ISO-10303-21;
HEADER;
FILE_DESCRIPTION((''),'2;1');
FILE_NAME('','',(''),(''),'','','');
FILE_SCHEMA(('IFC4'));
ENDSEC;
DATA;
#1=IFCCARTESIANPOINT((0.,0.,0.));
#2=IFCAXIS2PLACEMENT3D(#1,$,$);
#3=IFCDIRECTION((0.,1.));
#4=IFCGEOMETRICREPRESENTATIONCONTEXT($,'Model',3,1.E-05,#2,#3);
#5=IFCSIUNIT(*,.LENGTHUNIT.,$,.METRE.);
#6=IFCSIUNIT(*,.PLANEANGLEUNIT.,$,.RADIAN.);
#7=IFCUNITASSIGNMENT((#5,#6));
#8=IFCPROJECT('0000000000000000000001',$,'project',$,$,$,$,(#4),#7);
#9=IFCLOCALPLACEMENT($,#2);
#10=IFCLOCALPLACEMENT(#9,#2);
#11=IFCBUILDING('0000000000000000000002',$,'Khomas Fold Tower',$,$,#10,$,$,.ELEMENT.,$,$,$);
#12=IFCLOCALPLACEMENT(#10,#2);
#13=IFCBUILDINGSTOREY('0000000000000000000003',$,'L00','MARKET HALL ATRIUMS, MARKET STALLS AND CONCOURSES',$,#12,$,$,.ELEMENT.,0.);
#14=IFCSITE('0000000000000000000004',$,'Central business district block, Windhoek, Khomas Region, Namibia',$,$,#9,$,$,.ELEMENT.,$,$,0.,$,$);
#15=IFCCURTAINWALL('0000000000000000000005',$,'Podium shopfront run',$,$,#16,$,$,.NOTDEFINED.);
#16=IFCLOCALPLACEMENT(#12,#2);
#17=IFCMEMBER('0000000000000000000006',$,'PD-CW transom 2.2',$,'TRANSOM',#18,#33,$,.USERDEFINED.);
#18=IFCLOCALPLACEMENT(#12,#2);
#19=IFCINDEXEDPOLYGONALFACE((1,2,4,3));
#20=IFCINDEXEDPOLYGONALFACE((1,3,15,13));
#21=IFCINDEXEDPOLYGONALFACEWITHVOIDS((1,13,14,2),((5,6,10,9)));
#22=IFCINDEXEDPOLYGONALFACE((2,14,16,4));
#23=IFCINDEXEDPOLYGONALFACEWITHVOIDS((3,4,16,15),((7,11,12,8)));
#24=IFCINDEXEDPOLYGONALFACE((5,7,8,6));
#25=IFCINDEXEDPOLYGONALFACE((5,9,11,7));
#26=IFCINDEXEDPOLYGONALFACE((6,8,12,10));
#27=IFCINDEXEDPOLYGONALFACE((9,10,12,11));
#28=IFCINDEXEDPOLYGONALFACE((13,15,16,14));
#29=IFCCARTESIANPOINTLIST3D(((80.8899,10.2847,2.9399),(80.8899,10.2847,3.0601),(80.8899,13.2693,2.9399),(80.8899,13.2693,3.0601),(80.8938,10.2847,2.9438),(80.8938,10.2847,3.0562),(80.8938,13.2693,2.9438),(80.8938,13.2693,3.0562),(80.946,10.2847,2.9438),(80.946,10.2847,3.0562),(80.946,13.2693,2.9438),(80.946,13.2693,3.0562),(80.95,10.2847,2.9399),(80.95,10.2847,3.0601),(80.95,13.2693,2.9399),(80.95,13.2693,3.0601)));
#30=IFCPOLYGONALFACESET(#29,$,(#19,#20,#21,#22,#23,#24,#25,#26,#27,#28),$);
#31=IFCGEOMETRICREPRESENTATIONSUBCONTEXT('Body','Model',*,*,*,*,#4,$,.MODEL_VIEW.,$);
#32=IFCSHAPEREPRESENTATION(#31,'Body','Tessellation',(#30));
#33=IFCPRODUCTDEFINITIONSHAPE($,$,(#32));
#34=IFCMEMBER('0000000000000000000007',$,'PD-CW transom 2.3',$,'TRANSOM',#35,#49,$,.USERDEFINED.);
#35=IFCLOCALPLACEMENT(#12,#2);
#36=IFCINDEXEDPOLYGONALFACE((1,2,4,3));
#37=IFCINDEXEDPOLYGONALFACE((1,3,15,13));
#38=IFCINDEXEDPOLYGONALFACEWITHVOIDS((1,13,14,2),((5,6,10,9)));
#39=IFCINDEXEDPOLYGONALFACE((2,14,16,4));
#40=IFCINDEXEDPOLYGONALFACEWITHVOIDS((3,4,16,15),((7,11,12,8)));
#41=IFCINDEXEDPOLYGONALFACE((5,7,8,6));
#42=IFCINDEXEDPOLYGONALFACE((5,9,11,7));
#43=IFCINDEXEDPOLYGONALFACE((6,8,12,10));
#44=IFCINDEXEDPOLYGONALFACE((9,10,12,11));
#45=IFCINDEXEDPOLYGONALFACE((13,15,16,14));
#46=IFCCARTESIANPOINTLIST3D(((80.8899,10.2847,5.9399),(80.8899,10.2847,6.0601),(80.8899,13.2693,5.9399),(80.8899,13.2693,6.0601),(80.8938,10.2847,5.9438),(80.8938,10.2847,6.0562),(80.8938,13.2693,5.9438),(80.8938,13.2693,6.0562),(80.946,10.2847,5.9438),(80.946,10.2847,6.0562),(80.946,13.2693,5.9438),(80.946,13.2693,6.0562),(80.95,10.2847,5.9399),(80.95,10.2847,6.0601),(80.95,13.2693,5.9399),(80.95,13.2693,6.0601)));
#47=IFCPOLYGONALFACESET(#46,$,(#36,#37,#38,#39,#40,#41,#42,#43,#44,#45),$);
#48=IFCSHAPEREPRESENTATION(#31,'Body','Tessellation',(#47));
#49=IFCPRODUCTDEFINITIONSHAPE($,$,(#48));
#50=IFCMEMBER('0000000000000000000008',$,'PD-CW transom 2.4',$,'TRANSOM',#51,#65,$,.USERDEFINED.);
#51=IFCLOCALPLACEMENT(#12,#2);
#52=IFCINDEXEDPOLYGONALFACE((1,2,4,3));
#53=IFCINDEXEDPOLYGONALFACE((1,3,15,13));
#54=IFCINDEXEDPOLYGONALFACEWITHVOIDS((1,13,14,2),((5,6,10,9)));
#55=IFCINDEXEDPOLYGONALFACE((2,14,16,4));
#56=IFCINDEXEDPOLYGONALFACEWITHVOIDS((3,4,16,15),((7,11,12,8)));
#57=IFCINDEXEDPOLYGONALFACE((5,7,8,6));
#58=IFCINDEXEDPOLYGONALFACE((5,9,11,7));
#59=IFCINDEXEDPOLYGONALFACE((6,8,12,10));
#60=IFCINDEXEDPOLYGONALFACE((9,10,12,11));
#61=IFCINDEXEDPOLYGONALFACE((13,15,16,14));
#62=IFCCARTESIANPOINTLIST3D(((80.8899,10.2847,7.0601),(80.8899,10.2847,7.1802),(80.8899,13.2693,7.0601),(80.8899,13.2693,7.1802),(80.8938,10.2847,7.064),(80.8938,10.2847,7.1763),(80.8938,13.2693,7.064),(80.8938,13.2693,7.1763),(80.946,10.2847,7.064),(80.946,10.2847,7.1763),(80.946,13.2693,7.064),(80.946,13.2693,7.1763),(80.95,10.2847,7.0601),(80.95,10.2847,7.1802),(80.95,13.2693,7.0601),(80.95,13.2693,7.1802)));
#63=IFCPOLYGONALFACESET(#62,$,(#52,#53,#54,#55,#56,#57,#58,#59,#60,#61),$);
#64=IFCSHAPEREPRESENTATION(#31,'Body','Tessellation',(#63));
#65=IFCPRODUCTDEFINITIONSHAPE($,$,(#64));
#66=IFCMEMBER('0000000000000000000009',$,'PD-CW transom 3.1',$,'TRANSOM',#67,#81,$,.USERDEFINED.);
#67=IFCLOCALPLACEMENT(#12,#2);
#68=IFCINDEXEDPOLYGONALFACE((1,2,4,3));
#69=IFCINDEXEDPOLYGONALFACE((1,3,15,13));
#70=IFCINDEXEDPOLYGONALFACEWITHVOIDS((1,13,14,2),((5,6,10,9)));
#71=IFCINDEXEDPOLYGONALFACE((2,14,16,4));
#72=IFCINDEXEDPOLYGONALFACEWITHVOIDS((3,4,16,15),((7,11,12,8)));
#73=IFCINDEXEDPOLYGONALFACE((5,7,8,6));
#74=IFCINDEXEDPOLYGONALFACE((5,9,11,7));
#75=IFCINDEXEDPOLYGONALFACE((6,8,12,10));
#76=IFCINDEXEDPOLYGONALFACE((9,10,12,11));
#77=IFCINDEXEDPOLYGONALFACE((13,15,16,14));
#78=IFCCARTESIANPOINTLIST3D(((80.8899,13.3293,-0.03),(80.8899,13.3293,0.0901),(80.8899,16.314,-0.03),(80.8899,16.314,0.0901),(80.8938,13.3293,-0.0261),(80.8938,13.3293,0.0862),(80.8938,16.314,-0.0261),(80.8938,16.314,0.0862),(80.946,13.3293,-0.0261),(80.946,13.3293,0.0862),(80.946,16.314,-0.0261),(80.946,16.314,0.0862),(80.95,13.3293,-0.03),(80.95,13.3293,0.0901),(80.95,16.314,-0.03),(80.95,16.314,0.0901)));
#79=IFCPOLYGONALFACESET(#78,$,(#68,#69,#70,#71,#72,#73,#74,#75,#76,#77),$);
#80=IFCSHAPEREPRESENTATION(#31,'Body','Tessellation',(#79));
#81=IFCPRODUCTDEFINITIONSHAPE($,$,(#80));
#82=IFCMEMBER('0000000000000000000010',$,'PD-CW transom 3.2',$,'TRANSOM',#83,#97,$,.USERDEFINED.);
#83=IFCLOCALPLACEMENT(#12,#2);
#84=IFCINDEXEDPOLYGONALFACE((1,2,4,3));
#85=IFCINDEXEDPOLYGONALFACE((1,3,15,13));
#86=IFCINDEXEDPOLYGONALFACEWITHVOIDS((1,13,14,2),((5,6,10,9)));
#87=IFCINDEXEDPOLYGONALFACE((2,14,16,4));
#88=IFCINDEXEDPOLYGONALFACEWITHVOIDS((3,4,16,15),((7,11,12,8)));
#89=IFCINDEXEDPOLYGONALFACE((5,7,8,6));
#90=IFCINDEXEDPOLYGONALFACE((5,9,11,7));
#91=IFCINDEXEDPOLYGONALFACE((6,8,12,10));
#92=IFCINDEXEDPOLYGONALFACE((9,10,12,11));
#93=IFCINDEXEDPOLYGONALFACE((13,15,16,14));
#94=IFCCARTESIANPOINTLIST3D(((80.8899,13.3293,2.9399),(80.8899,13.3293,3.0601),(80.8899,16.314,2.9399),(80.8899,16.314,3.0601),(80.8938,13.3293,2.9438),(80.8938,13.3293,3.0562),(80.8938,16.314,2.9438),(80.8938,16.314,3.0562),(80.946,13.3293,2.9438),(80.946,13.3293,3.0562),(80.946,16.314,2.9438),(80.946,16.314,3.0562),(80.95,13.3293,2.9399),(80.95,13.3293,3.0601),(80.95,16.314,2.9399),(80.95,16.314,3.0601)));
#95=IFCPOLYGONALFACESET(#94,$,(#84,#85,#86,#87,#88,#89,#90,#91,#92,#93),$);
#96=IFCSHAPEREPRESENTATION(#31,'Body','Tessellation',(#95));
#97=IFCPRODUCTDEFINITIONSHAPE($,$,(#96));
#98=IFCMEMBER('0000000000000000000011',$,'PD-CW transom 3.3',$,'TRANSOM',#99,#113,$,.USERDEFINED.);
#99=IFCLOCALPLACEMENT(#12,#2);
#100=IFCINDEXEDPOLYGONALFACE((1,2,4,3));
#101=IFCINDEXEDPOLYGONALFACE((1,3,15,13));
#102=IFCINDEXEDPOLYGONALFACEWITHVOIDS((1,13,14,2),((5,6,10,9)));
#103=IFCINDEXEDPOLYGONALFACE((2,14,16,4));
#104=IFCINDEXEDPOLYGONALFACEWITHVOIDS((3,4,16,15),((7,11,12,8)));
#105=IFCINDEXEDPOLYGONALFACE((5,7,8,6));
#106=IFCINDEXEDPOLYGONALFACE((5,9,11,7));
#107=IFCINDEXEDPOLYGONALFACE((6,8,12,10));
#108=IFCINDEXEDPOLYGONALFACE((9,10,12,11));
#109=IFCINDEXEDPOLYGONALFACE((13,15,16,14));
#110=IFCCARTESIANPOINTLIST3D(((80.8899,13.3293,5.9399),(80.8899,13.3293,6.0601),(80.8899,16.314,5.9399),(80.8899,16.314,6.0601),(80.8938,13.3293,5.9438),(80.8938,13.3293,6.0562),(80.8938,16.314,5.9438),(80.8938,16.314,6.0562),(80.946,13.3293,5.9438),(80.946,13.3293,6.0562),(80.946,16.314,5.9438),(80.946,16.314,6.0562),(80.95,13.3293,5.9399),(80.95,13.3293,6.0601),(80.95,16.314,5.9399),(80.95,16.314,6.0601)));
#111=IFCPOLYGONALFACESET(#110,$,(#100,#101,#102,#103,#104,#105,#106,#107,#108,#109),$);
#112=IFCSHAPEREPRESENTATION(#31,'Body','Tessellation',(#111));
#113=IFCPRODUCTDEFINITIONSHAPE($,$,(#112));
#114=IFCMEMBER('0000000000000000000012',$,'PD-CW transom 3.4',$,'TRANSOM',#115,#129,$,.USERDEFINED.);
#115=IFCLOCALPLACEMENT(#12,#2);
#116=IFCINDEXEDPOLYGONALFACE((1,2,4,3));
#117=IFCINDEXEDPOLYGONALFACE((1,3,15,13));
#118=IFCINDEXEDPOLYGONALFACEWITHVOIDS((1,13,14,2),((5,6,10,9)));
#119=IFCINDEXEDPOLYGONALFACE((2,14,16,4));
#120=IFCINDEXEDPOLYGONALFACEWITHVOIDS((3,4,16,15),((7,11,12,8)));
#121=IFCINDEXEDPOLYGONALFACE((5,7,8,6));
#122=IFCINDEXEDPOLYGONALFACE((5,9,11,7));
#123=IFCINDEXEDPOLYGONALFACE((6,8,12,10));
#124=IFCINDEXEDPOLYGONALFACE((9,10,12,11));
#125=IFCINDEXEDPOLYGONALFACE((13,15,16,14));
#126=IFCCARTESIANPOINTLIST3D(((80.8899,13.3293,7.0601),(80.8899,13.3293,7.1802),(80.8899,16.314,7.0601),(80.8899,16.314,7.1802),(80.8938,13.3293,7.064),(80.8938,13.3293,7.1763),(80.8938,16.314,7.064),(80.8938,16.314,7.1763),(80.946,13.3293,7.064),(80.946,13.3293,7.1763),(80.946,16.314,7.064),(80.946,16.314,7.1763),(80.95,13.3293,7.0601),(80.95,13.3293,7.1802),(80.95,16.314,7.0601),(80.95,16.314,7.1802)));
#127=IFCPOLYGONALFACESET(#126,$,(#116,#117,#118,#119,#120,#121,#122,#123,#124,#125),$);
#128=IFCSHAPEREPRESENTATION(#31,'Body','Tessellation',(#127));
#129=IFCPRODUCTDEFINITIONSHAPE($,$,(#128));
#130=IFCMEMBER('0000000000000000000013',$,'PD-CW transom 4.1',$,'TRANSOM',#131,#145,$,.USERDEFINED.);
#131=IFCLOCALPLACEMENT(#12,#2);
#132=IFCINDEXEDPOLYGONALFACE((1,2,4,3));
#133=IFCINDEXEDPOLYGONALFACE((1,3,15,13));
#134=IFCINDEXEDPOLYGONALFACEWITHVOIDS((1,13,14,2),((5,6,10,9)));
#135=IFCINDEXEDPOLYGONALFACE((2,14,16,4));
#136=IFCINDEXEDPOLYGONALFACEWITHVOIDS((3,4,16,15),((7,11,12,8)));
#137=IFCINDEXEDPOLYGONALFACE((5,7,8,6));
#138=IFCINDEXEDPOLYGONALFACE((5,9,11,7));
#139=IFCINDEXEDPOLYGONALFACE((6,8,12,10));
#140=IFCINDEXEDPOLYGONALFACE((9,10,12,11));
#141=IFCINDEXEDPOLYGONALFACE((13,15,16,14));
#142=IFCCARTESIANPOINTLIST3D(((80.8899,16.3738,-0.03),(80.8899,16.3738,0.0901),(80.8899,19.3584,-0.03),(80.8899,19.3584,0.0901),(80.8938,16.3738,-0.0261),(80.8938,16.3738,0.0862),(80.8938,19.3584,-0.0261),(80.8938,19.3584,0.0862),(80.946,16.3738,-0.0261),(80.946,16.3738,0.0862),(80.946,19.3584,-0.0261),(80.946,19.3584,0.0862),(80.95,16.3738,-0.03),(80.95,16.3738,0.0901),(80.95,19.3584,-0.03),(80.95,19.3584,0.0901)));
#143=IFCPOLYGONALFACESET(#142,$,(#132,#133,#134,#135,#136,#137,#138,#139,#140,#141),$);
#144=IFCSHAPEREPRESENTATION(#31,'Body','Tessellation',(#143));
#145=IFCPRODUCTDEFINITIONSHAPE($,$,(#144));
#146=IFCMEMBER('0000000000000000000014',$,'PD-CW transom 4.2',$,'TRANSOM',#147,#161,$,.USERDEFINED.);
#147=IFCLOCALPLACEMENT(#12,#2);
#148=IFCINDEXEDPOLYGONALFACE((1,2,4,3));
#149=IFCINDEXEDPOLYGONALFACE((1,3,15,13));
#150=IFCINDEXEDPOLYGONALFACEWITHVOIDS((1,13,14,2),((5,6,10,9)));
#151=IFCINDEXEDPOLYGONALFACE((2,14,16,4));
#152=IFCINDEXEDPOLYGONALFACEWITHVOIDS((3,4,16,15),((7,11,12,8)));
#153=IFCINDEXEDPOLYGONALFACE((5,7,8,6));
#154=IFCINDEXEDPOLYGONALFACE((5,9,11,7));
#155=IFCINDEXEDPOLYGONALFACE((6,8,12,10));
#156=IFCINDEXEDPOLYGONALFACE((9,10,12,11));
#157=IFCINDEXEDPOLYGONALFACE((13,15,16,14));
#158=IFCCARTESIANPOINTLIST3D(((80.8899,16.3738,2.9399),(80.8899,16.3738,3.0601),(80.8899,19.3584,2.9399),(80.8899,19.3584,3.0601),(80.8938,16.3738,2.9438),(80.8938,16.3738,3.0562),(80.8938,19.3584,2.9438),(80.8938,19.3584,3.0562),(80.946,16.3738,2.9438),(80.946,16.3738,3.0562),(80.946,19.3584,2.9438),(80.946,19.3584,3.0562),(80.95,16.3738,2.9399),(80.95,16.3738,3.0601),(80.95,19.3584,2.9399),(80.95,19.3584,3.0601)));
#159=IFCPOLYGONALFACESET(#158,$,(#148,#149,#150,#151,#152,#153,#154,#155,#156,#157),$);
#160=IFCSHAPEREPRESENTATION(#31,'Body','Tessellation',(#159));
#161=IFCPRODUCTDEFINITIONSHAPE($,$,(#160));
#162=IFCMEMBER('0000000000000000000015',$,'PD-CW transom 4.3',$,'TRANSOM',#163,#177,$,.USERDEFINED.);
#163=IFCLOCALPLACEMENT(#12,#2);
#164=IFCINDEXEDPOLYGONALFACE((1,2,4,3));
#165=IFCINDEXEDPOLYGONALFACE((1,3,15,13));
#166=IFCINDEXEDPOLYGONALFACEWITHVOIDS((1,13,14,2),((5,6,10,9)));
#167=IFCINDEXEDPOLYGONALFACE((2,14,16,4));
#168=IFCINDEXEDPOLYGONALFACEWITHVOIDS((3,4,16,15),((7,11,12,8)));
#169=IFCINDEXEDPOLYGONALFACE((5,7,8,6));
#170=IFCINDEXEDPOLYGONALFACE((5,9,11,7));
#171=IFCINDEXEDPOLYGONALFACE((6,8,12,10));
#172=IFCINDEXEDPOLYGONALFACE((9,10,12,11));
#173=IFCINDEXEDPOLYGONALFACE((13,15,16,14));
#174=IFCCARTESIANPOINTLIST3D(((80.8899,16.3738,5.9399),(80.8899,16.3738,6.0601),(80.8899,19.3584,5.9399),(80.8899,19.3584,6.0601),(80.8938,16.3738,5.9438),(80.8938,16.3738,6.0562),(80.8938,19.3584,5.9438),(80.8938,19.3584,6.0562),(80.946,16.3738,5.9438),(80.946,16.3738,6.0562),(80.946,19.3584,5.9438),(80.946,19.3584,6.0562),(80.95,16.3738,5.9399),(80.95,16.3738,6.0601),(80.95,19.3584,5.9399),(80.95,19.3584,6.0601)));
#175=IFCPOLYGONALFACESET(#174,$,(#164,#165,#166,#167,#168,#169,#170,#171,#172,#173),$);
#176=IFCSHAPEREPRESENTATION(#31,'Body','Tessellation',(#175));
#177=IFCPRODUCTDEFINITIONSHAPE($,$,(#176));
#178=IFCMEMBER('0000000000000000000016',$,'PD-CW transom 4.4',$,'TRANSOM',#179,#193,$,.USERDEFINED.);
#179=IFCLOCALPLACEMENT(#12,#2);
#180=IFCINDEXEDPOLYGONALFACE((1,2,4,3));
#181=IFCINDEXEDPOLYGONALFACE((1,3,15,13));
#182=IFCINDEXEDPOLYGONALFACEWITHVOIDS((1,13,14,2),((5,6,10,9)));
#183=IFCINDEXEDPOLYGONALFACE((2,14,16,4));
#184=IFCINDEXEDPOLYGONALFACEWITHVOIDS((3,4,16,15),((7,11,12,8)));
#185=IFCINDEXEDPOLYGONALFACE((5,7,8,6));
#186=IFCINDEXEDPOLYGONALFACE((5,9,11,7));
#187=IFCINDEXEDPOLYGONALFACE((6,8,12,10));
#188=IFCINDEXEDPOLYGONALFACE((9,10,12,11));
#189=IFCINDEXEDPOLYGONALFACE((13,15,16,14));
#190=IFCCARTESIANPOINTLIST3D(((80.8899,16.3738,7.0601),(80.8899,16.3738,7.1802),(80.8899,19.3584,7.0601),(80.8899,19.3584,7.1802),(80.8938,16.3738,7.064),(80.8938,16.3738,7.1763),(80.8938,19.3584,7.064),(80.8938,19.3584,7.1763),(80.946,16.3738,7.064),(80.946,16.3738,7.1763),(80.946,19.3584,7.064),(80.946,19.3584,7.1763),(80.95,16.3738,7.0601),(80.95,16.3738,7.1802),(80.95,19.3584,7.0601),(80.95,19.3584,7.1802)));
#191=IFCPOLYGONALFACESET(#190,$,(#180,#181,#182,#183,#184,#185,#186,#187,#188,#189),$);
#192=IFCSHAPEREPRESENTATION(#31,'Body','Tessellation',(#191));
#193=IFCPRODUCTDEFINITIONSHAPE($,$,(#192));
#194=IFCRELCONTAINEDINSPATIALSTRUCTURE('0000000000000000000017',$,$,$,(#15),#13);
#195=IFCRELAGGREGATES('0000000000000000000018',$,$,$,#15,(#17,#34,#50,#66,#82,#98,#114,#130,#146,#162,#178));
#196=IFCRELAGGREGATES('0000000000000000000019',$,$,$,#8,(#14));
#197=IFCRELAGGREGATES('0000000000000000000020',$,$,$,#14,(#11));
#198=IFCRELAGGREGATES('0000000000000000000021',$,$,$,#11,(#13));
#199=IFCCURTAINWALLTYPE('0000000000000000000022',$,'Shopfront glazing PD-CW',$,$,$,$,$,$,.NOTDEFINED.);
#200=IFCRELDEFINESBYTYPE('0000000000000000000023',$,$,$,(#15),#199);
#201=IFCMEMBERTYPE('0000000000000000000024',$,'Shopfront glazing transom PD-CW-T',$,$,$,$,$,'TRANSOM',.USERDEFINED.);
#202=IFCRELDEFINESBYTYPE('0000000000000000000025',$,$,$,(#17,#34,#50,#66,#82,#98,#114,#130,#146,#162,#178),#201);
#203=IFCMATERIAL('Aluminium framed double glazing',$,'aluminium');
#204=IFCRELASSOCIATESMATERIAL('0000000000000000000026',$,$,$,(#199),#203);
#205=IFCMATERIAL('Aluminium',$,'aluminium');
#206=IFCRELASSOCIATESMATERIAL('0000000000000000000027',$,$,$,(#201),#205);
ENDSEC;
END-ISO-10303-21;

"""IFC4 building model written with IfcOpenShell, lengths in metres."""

from ifc_helpers import new_model, si_unit, direction, frame, origin, origin_2d, place, context, subcontext, project, spatial, hollow_rectangle, extrude, source, transform, mapped, material, material_profile, profile_set, type_object, element, aggregate, save


model = new_model("IFC4")

# Units and contexts
model_context = context("Model", 3, precision=1e-05, world=origin(), true_north=direction((0.0, 1.0)))
body_context = subcontext(model_context, "Body", "Model", "MODEL_VIEW")
ifc_project = project(units=[si_unit("LENGTHUNIT", "METRE"), si_unit("PLANEANGLEUNIT", "RADIAN")], contexts=[model_context])

# Site, building, storey
site_placement = place(None, origin())
site = spatial("IfcSite", under=ifc_project, at=site_placement, Name="Central business district block, Windhoek, Khomas Region, Namibia", CompositionType="ELEMENT", RefElevation=0.0)
building_placement = place(site_placement, origin())
building = spatial("IfcBuilding", under=site, at=building_placement, Name="Khomas Fold Tower", CompositionType="ELEMENT")
storey_placement = place(building_placement, origin())
storey = spatial("IfcBuildingStorey", under=building, at=storey_placement, Name="L00", Description="MARKET HALL ATRIUMS, MARKET STALLS AND CONCOURSES", CompositionType="ELEMENT", Elevation=0.0)

# Curtain wall, members
ifc_material_1 = material(Name="Aluminium framed double glazing", Category="aluminium")
curtain_wall_type = type_object("IfcCurtainWallType", Name="Shopfront glazing PD-CW", PredefinedType="NOTDEFINED", material=ifc_material_1)
curtain_wall_placement = place(storey_placement, origin())
curtain_wall = element("IfcCurtainWall", 1, at=curtain_wall_placement, inside=storey, type_object=curtain_wall_type, Name="Podium shopfront run", PredefinedType="NOTDEFINED")
ifc_material_2 = material(Name="Aluminium", Category="aluminium")
ifc_material_profile_1 = material_profile(ifc_material_2, hollow_rectangle(XDim=0.0601, YDim=0.1201, WallThickness=0.0039, at=origin_2d()), Name="Shopfront glazing transom PD-CW-T")
ifc_profile_set_1 = profile_set([ifc_material_profile_1], Name="Aluminium")
member_type_1 = type_object("IfcMemberType", Name="Shopfront glazing transom PD-CW-T", ElementType="TRANSOM", PredefinedType="USERDEFINED", material=ifc_profile_set_1)
shared_shape_1 = source(origin(), body_context, "Body", "SweptSolid", [
    extrude(hollow_rectangle(XDim=0.0601, YDim=0.1201, WallThickness=0.0039, at=origin_2d()), origin(), (0.0, 0.0, 1.0), 2.9846),
])
member_1_placement = place(storey_placement, frame((80.9199, 10.2847, 3.0), z_axis=(0.0, 1.0, 0.0), x_axis=(-1.0, 0.0, 0.0)))
member_1 = element("IfcMember", 2, at=member_1_placement, type_object=member_type_1, Name="PD-CW transom 2.2", ObjectType="TRANSOM", PredefinedType="USERDEFINED", context=body_context, shape_type="MappedRepresentation", body=[
    mapped(shared_shape_1, transform((0.0, 0.0, 0.0))),
])
member_2_placement = place(storey_placement, frame((80.9199, 10.2847, 6.0), z_axis=(0.0, 1.0, 0.0), x_axis=(-1.0, 0.0, 0.0)))
member_2 = element("IfcMember", 3, at=member_2_placement, type_object=member_type_1, Name="PD-CW transom 2.3", ObjectType="TRANSOM", PredefinedType="USERDEFINED", context=body_context, shape_type="MappedRepresentation", body=[
    mapped(shared_shape_1, transform((0.0, 0.0, 0.0))),
])
member_3_placement = place(storey_placement, frame((80.9199, 10.2847, 7.1201), z_axis=(0.0, 1.0, 0.0), x_axis=(-1.0, 0.0, 0.0)))
member_3 = element("IfcMember", 4, at=member_3_placement, type_object=member_type_1, Name="PD-CW transom 2.4", ObjectType="TRANSOM", PredefinedType="USERDEFINED", context=body_context, shape_type="MappedRepresentation", body=[
    mapped(shared_shape_1, transform((0.0, 0.0, 0.0))),
])
member_4_placement = place(storey_placement, frame((80.9199, 13.3293, 0.03), z_axis=(0.0, 1.0, 0.0), x_axis=(-1.0, 0.0, 0.0)))
member_4 = element("IfcMember", 5, at=member_4_placement, type_object=member_type_1, Name="PD-CW transom 3.1", ObjectType="TRANSOM", PredefinedType="USERDEFINED", context=body_context, shape_type="MappedRepresentation", body=[
    mapped(shared_shape_1, transform((0.0, 0.0, 0.0))),
])
member_5_placement = place(storey_placement, frame((80.9199, 13.3293, 3.0), z_axis=(0.0, 1.0, 0.0), x_axis=(-1.0, 0.0, 0.0)))
member_5 = element("IfcMember", 6, at=member_5_placement, type_object=member_type_1, Name="PD-CW transom 3.2", ObjectType="TRANSOM", PredefinedType="USERDEFINED", context=body_context, shape_type="MappedRepresentation", body=[
    mapped(shared_shape_1, transform((0.0, 0.0, 0.0))),
])
member_6_placement = place(storey_placement, frame((80.9199, 13.3293, 6.0), z_axis=(0.0, 1.0, 0.0), x_axis=(-1.0, 0.0, 0.0)))
member_6 = element("IfcMember", 7, at=member_6_placement, type_object=member_type_1, Name="PD-CW transom 3.3", ObjectType="TRANSOM", PredefinedType="USERDEFINED", context=body_context, shape_type="MappedRepresentation", body=[
    mapped(shared_shape_1, transform((0.0, 0.0, 0.0))),
])
member_7_placement = place(storey_placement, frame((80.9199, 13.3293, 7.1201), z_axis=(0.0, 1.0, 0.0), x_axis=(-1.0, 0.0, 0.0)))
member_7 = element("IfcMember", 8, at=member_7_placement, type_object=member_type_1, Name="PD-CW transom 3.4", ObjectType="TRANSOM", PredefinedType="USERDEFINED", context=body_context, shape_type="MappedRepresentation", body=[
    mapped(shared_shape_1, transform((0.0, 0.0, 0.0))),
])
member_8_placement = place(storey_placement, frame((80.9199, 16.3738, 0.03), z_axis=(0.0, 1.0, 0.0), x_axis=(-1.0, 0.0, 0.0)))
member_8 = element("IfcMember", 9, at=member_8_placement, type_object=member_type_1, Name="PD-CW transom 4.1", ObjectType="TRANSOM", PredefinedType="USERDEFINED", context=body_context, shape_type="MappedRepresentation", body=[
    mapped(shared_shape_1, transform((0.0, 0.0, 0.0))),
])
member_9_placement = place(storey_placement, frame((80.9199, 16.3738, 3.0), z_axis=(0.0, 1.0, 0.0), x_axis=(-1.0, 0.0, 0.0)))
member_9 = element("IfcMember", 10, at=member_9_placement, type_object=member_type_1, Name="PD-CW transom 4.2", ObjectType="TRANSOM", PredefinedType="USERDEFINED", context=body_context, shape_type="MappedRepresentation", body=[
    mapped(shared_shape_1, transform((0.0, 0.0, 0.0))),
])
member_10_placement = place(storey_placement, frame((80.9199, 16.3738, 6.0), z_axis=(0.0, 1.0, 0.0), x_axis=(-1.0, 0.0, 0.0)))
member_10 = element("IfcMember", 11, at=member_10_placement, type_object=member_type_1, Name="PD-CW transom 4.3", ObjectType="TRANSOM", PredefinedType="USERDEFINED", context=body_context, shape_type="MappedRepresentation", body=[
    mapped(shared_shape_1, transform((0.0, 0.0, 0.0))),
])
member_11_placement = place(storey_placement, frame((80.9199, 16.3738, 7.1201), z_axis=(0.0, 1.0, 0.0), x_axis=(-1.0, 0.0, 0.0)))
member_11 = element("IfcMember", 12, at=member_11_placement, type_object=member_type_1, Name="PD-CW transom 4.4", ObjectType="TRANSOM", PredefinedType="USERDEFINED", context=body_context, shape_type="MappedRepresentation", body=[
    mapped(shared_shape_1, transform((0.0, 0.0, 0.0))),
])
aggregate(curtain_wall, [member_1, member_2, member_3, member_4, member_5, member_6, member_7, member_8, member_9, member_10, member_11])

save(model, "model.ifc")
